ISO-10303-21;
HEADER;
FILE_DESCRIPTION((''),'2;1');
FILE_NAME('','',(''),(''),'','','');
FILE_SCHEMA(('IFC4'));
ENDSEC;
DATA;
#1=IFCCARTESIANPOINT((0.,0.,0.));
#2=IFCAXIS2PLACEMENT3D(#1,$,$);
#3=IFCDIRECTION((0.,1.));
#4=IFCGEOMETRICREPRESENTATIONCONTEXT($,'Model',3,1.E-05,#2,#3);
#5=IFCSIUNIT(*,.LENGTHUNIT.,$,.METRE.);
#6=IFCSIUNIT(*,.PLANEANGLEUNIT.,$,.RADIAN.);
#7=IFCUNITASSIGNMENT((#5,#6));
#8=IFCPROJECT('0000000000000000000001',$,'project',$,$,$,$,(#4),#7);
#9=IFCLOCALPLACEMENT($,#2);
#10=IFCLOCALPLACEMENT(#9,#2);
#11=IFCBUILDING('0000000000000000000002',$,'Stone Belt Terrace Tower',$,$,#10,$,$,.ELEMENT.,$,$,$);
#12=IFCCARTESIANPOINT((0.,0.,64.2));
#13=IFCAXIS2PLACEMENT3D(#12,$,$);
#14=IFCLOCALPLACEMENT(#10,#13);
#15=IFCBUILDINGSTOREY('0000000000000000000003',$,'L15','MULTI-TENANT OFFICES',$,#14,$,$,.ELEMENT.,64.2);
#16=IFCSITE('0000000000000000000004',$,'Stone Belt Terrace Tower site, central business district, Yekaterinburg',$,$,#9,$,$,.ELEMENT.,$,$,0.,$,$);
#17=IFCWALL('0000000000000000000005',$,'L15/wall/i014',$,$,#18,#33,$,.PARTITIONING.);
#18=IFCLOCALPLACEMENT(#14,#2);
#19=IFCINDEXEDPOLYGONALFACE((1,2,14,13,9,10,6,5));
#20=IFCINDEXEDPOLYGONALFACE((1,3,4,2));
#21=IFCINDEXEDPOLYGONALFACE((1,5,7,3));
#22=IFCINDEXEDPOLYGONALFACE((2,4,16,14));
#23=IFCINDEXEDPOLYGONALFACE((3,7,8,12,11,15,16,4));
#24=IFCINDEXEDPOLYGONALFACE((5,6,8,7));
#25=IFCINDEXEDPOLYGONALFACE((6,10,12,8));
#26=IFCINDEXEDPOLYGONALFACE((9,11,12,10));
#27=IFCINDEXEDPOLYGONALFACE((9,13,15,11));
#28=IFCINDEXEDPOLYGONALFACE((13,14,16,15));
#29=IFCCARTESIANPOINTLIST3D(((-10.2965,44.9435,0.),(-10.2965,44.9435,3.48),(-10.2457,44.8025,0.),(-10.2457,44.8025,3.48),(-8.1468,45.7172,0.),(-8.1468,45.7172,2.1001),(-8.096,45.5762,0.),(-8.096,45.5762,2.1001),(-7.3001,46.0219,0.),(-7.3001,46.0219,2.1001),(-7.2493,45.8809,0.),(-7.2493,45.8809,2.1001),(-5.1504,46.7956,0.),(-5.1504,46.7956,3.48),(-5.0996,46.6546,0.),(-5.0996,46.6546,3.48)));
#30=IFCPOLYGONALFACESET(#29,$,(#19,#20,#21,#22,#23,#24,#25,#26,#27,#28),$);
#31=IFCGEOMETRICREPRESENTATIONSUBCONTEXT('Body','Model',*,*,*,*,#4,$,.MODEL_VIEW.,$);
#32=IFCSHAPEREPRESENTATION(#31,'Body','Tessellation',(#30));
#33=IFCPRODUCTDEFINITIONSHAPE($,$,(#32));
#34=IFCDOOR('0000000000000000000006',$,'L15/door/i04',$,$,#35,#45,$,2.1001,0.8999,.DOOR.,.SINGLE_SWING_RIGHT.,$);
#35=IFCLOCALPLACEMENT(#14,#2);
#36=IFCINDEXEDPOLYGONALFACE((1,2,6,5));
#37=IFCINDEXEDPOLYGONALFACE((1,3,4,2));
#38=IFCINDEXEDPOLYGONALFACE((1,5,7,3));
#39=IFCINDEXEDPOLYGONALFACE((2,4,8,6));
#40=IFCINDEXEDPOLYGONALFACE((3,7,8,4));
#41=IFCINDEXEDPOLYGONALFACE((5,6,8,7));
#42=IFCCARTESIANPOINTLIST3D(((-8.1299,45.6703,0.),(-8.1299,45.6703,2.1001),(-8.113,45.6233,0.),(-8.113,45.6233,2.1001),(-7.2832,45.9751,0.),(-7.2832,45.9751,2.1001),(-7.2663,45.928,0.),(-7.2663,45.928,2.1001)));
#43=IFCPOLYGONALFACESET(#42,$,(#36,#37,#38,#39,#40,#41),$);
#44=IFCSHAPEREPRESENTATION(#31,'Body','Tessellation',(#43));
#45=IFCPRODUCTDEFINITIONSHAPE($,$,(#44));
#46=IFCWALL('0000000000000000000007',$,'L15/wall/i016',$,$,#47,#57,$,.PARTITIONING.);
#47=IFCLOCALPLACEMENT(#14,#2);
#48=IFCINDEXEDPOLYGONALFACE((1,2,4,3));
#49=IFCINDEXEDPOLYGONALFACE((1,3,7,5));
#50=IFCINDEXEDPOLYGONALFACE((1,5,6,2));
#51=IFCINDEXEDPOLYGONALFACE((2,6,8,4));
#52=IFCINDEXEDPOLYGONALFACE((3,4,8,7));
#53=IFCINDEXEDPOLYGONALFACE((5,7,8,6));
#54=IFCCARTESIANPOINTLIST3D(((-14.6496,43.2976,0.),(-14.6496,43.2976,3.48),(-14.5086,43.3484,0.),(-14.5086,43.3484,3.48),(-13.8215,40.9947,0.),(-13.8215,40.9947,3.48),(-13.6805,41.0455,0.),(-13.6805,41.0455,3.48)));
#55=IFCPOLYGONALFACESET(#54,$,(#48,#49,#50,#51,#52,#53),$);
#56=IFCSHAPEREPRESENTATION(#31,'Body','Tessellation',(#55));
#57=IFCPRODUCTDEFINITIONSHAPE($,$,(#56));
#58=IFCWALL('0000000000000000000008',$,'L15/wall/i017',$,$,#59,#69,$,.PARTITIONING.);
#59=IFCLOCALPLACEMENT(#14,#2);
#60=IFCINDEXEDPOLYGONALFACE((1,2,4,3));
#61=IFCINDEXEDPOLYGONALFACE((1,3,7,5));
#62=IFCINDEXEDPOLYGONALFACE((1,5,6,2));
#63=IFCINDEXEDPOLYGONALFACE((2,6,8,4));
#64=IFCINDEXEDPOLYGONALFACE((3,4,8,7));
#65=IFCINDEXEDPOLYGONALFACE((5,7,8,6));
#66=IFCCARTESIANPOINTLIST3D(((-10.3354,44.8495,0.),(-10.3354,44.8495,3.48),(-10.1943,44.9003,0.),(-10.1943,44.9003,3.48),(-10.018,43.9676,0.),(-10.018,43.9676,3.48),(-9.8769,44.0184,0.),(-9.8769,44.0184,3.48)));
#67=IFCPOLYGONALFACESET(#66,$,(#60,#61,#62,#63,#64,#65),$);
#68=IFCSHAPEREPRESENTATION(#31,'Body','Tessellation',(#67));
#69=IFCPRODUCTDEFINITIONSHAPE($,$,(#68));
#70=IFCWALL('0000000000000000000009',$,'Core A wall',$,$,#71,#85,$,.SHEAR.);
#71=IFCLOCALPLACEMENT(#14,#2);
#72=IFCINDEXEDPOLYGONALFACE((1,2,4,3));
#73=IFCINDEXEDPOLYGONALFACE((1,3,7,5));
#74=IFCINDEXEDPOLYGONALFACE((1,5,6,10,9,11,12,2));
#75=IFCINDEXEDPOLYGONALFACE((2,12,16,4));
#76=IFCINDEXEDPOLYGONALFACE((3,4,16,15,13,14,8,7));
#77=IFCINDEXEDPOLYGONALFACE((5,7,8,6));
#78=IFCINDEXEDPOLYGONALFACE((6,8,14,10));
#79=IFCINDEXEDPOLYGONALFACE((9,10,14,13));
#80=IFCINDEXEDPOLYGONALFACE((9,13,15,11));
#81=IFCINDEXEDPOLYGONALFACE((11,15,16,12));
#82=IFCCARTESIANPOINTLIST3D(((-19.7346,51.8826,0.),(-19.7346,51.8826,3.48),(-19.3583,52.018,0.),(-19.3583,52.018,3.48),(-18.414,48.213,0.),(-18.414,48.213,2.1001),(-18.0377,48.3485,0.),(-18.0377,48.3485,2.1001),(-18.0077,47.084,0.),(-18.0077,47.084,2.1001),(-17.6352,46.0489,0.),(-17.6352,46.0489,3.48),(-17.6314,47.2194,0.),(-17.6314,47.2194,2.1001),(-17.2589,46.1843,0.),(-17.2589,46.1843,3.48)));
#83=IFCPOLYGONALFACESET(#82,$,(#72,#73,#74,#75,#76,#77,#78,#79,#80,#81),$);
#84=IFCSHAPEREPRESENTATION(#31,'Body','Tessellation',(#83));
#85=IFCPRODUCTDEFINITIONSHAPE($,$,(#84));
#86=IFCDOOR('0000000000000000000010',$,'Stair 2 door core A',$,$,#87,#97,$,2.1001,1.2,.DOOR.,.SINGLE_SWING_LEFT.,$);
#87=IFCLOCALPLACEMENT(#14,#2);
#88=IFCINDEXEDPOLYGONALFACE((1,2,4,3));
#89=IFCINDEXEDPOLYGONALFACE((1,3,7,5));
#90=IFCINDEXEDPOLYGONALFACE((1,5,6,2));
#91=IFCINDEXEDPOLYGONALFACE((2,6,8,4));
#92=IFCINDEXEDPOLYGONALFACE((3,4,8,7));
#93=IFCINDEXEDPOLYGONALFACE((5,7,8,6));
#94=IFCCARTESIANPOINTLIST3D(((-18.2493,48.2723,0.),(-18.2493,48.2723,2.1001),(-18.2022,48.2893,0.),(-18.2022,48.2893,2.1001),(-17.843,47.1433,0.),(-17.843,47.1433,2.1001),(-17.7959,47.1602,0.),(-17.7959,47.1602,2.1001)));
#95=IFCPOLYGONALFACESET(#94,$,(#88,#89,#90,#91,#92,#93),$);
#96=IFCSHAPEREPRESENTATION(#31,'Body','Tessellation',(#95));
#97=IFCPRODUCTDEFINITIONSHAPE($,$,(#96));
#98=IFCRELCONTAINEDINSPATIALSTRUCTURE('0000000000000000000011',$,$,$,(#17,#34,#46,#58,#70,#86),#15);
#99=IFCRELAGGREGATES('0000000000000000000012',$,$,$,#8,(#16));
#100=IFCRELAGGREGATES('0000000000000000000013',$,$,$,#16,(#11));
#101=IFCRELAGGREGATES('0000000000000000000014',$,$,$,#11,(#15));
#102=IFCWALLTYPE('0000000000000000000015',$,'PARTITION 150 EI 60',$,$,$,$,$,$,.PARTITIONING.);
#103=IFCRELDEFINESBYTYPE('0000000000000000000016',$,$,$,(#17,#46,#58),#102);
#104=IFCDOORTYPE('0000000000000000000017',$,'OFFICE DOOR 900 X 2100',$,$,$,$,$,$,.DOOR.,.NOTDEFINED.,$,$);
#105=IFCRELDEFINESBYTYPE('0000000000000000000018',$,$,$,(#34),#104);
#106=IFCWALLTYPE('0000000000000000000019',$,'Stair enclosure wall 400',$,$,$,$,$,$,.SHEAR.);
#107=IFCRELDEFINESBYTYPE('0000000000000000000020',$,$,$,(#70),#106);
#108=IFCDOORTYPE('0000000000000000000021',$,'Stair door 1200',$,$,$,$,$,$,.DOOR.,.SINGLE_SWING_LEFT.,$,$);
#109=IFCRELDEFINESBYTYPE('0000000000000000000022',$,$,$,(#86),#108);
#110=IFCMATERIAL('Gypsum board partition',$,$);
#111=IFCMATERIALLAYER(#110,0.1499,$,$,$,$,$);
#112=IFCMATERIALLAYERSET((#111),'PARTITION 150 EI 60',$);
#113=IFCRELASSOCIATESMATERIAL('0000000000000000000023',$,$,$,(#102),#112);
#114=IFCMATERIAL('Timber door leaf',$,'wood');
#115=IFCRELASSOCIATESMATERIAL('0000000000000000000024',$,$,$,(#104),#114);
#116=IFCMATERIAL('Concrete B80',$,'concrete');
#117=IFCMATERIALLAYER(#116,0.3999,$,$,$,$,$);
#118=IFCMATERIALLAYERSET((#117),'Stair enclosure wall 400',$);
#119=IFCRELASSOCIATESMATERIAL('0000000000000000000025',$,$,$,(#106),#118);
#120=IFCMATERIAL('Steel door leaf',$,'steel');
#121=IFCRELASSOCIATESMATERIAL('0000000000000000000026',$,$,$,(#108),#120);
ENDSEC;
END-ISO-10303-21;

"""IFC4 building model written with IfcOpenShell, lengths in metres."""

from ifc_helpers import new_model, si_unit, direction, frame, frame_2d, origin, place, context, subcontext, project, spatial, rectangle, extrude, material, layer, layer_set, type_object, element, fill, save


model = new_model("IFC4")

# Units and contexts
model_context = context("Model", 3, precision=1e-05, world=origin(), true_north=direction((0.0, 1.0)))
body_context = subcontext(model_context, "Body", "Model", "MODEL_VIEW")
ifc_project = project(units=[si_unit("LENGTHUNIT", "METRE"), si_unit("PLANEANGLEUNIT", "RADIAN")], contexts=[model_context])

# Site, building, storey
site_placement = place(None, origin())
site = spatial("IfcSite", under=ifc_project, at=site_placement, Name="Stone Belt Terrace Tower site, central business district, Yekaterinburg", CompositionType="ELEMENT", RefElevation=0.0)
building_placement = place(site_placement, origin())
building = spatial("IfcBuilding", under=site, at=building_placement, Name="Stone Belt Terrace Tower", CompositionType="ELEMENT")
storey_placement = place(building_placement, frame((0.0, 0.0, 64.2)))
storey = spatial("IfcBuildingStorey", under=building, at=storey_placement, Name="L15", Description="MULTI-TENANT OFFICES", CompositionType="ELEMENT", Elevation=64.2)

# Shared definitions
ifc_material_1 = material(Name="Concrete B80", Category="concrete")

# Shared definitions
ifc_material_2 = material(Name="Gypsum board partition")
ifc_layer_1 = layer(ifc_material_2, 0.1499)
ifc_layer_set_1 = layer_set([ifc_layer_1], Name="PARTITION 150 EI 60")
wall_type_1 = type_object("IfcWallType", Name="PARTITION 150 EI 60", PredefinedType="PARTITIONING", material=ifc_layer_set_1)

# Wall, opening, door
ifc_material_3 = material(Name="Timber door leaf", Category="wood")
door_type_1 = type_object("IfcDoorType", Name="OFFICE DOOR 900 X 2100", OperationType="NOTDEFINED", PredefinedType="DOOR", material=ifc_material_3)
wall_1_placement = place(storey_placement, frame((-5.125, 46.7251, 0.0), z_axis=(0.0, 0.0, 1.0), x_axis=(-0.940917, -0.338637, 0.0)))
wall_1 = element("IfcWall", 1, at=wall_1_placement, inside=storey, type_object=wall_type_1, Name="L15/wall/i014", PredefinedType="PARTITIONING", context=body_context, shape_type="SweptSolid", body=[
    extrude(rectangle(XDim=5.4692, YDim=0.1499, at=frame_2d((2.7346, 0.0))), origin(), (0.0, 0.0, 1.0), 3.48),
])
opening_1_placement = place(wall_1_placement, frame((2.2847, 0.0, 0.0)))
opening_1 = element("IfcOpeningElement", 2, at=opening_1_placement, cuts=wall_1, PredefinedType="OPENING", context=body_context, shape_type="SweptSolid", body=[
    extrude(rectangle(XDim=0.8999, YDim=2.1001, at=frame_2d((0.45, 1.05))), frame((0.0, 0.085, 0.0), z_axis=(0.0, -1.0, 0.0), x_axis=(1.0, 0.0, 0.0)), (0.0, 0.0, 1.0), 0.1699),
])
door_1_placement = place(opening_1_placement, origin())
door_1 = element("IfcDoor", 3, at=door_1_placement, inside=storey, type_object=door_type_1, Name="L15/door/i04", OperationType="SINGLE_SWING_RIGHT", OverallHeight=2.1001, OverallWidth=0.8999, PredefinedType="DOOR", context=body_context, shape_type="SweptSolid", body=[
    extrude(rectangle(XDim=0.8999, YDim=2.1001, at=frame_2d((0.45, 1.05))), frame((0.0, 0.0249, 0.0), z_axis=(0.0, -1.0, 0.0), x_axis=(1.0, 0.0, 0.0)), (0.0, 0.0, 1.0), 0.05),
])
fill(opening_1, door_1)

# Walls
wall_2_placement = place(storey_placement, frame((-14.5791, 43.323, 0.0), z_axis=(0.0, 0.0, 1.0), x_axis=(0.338377, -0.941011, 0.0)))
element("IfcWall", 4, at=wall_2_placement, inside=storey, type_object=wall_type_1, Name="L15/wall/i016", PredefinedType="PARTITIONING", context=body_context, shape_type="SweptSolid", body=[
    extrude(rectangle(XDim=2.4473, YDim=0.1499, at=frame_2d((1.2236, 0.0))), origin(), (0.0, 0.0, 1.0), 3.48),
])
wall_3_placement = place(storey_placement, frame((-10.2649, 44.875, 0.0), z_axis=(0.0, 0.0, 1.0), x_axis=(0.338646, -0.940914, 0.0)))
element("IfcWall", 5, at=wall_3_placement, inside=storey, type_object=wall_type_1, Name="L15/wall/i017", PredefinedType="PARTITIONING", context=body_context, shape_type="SweptSolid", body=[
    extrude(rectangle(XDim=0.9373, YDim=0.1499, at=frame_2d((0.4688, 0.0))), origin(), (0.0, 0.0, 1.0), 3.48),
])

# Wall, opening, door
ifc_layer_2 = layer(ifc_material_1, 0.3999)
ifc_layer_set_2 = layer_set([ifc_layer_2], Name="Stair enclosure wall 400")
wall_type_2 = type_object("IfcWallType", Name="Stair enclosure wall 400", PredefinedType="SHEAR", material=ifc_layer_set_2)
wall_4_placement = place(storey_placement, frame((-17.447, 46.1165, 0.0), z_axis=(0.0, 0.0, 1.0), x_axis=(-0.338608, 0.940928, 0.0)))
wall_4 = element("IfcWall", 6, at=wall_4_placement, inside=storey, type_object=wall_type_2, Name="Core A wall", PredefinedType="SHEAR", context=body_context, shape_type="SweptSolid", body=[
    extrude(rectangle(XDim=6.2, YDim=0.3999, at=frame_2d((3.1001, 0.0))), origin(), (0.0, 0.0, 1.0), 3.48),
])
opening_2_placement = place(wall_4_placement, frame((1.1001, 0.0, 0.0)))
opening_2 = element("IfcOpeningElement", 7, at=opening_2_placement, cuts=wall_4, PredefinedType="OPENING", context=body_context, shape_type="SweptSolid", body=[
    extrude(rectangle(XDim=1.2, YDim=2.1001, at=frame_2d((0.6001, 1.05))), frame((0.0, 0.21, 0.0), z_axis=(0.0, -1.0, 0.0), x_axis=(1.0, 0.0, 0.0)), (0.0, 0.0, 1.0), 0.4199),
])
ifc_material_4 = material(Name="Steel door leaf", Category="steel")
door_type_2 = type_object("IfcDoorType", Name="Stair door 1200", OperationType="SINGLE_SWING_LEFT", PredefinedType="DOOR", material=ifc_material_4)
door_2_placement = place(opening_2_placement, origin())
door_2 = element("IfcDoor", 8, at=door_2_placement, inside=storey, type_object=door_type_2, Name="Stair 2 door core A", OperationType="SINGLE_SWING_LEFT", OverallHeight=2.1001, OverallWidth=1.2, PredefinedType="DOOR", context=body_context, shape_type="SweptSolid", body=[
    extrude(rectangle(XDim=1.2, YDim=2.1001, at=frame_2d((0.6001, 1.05))), frame((0.0, 0.0249, 0.0), z_axis=(0.0, -1.0, 0.0), x_axis=(1.0, 0.0, 0.0)), (0.0, 0.0, 1.0), 0.05),
])
fill(opening_2, door_2)

save(model, "model.ifc")
